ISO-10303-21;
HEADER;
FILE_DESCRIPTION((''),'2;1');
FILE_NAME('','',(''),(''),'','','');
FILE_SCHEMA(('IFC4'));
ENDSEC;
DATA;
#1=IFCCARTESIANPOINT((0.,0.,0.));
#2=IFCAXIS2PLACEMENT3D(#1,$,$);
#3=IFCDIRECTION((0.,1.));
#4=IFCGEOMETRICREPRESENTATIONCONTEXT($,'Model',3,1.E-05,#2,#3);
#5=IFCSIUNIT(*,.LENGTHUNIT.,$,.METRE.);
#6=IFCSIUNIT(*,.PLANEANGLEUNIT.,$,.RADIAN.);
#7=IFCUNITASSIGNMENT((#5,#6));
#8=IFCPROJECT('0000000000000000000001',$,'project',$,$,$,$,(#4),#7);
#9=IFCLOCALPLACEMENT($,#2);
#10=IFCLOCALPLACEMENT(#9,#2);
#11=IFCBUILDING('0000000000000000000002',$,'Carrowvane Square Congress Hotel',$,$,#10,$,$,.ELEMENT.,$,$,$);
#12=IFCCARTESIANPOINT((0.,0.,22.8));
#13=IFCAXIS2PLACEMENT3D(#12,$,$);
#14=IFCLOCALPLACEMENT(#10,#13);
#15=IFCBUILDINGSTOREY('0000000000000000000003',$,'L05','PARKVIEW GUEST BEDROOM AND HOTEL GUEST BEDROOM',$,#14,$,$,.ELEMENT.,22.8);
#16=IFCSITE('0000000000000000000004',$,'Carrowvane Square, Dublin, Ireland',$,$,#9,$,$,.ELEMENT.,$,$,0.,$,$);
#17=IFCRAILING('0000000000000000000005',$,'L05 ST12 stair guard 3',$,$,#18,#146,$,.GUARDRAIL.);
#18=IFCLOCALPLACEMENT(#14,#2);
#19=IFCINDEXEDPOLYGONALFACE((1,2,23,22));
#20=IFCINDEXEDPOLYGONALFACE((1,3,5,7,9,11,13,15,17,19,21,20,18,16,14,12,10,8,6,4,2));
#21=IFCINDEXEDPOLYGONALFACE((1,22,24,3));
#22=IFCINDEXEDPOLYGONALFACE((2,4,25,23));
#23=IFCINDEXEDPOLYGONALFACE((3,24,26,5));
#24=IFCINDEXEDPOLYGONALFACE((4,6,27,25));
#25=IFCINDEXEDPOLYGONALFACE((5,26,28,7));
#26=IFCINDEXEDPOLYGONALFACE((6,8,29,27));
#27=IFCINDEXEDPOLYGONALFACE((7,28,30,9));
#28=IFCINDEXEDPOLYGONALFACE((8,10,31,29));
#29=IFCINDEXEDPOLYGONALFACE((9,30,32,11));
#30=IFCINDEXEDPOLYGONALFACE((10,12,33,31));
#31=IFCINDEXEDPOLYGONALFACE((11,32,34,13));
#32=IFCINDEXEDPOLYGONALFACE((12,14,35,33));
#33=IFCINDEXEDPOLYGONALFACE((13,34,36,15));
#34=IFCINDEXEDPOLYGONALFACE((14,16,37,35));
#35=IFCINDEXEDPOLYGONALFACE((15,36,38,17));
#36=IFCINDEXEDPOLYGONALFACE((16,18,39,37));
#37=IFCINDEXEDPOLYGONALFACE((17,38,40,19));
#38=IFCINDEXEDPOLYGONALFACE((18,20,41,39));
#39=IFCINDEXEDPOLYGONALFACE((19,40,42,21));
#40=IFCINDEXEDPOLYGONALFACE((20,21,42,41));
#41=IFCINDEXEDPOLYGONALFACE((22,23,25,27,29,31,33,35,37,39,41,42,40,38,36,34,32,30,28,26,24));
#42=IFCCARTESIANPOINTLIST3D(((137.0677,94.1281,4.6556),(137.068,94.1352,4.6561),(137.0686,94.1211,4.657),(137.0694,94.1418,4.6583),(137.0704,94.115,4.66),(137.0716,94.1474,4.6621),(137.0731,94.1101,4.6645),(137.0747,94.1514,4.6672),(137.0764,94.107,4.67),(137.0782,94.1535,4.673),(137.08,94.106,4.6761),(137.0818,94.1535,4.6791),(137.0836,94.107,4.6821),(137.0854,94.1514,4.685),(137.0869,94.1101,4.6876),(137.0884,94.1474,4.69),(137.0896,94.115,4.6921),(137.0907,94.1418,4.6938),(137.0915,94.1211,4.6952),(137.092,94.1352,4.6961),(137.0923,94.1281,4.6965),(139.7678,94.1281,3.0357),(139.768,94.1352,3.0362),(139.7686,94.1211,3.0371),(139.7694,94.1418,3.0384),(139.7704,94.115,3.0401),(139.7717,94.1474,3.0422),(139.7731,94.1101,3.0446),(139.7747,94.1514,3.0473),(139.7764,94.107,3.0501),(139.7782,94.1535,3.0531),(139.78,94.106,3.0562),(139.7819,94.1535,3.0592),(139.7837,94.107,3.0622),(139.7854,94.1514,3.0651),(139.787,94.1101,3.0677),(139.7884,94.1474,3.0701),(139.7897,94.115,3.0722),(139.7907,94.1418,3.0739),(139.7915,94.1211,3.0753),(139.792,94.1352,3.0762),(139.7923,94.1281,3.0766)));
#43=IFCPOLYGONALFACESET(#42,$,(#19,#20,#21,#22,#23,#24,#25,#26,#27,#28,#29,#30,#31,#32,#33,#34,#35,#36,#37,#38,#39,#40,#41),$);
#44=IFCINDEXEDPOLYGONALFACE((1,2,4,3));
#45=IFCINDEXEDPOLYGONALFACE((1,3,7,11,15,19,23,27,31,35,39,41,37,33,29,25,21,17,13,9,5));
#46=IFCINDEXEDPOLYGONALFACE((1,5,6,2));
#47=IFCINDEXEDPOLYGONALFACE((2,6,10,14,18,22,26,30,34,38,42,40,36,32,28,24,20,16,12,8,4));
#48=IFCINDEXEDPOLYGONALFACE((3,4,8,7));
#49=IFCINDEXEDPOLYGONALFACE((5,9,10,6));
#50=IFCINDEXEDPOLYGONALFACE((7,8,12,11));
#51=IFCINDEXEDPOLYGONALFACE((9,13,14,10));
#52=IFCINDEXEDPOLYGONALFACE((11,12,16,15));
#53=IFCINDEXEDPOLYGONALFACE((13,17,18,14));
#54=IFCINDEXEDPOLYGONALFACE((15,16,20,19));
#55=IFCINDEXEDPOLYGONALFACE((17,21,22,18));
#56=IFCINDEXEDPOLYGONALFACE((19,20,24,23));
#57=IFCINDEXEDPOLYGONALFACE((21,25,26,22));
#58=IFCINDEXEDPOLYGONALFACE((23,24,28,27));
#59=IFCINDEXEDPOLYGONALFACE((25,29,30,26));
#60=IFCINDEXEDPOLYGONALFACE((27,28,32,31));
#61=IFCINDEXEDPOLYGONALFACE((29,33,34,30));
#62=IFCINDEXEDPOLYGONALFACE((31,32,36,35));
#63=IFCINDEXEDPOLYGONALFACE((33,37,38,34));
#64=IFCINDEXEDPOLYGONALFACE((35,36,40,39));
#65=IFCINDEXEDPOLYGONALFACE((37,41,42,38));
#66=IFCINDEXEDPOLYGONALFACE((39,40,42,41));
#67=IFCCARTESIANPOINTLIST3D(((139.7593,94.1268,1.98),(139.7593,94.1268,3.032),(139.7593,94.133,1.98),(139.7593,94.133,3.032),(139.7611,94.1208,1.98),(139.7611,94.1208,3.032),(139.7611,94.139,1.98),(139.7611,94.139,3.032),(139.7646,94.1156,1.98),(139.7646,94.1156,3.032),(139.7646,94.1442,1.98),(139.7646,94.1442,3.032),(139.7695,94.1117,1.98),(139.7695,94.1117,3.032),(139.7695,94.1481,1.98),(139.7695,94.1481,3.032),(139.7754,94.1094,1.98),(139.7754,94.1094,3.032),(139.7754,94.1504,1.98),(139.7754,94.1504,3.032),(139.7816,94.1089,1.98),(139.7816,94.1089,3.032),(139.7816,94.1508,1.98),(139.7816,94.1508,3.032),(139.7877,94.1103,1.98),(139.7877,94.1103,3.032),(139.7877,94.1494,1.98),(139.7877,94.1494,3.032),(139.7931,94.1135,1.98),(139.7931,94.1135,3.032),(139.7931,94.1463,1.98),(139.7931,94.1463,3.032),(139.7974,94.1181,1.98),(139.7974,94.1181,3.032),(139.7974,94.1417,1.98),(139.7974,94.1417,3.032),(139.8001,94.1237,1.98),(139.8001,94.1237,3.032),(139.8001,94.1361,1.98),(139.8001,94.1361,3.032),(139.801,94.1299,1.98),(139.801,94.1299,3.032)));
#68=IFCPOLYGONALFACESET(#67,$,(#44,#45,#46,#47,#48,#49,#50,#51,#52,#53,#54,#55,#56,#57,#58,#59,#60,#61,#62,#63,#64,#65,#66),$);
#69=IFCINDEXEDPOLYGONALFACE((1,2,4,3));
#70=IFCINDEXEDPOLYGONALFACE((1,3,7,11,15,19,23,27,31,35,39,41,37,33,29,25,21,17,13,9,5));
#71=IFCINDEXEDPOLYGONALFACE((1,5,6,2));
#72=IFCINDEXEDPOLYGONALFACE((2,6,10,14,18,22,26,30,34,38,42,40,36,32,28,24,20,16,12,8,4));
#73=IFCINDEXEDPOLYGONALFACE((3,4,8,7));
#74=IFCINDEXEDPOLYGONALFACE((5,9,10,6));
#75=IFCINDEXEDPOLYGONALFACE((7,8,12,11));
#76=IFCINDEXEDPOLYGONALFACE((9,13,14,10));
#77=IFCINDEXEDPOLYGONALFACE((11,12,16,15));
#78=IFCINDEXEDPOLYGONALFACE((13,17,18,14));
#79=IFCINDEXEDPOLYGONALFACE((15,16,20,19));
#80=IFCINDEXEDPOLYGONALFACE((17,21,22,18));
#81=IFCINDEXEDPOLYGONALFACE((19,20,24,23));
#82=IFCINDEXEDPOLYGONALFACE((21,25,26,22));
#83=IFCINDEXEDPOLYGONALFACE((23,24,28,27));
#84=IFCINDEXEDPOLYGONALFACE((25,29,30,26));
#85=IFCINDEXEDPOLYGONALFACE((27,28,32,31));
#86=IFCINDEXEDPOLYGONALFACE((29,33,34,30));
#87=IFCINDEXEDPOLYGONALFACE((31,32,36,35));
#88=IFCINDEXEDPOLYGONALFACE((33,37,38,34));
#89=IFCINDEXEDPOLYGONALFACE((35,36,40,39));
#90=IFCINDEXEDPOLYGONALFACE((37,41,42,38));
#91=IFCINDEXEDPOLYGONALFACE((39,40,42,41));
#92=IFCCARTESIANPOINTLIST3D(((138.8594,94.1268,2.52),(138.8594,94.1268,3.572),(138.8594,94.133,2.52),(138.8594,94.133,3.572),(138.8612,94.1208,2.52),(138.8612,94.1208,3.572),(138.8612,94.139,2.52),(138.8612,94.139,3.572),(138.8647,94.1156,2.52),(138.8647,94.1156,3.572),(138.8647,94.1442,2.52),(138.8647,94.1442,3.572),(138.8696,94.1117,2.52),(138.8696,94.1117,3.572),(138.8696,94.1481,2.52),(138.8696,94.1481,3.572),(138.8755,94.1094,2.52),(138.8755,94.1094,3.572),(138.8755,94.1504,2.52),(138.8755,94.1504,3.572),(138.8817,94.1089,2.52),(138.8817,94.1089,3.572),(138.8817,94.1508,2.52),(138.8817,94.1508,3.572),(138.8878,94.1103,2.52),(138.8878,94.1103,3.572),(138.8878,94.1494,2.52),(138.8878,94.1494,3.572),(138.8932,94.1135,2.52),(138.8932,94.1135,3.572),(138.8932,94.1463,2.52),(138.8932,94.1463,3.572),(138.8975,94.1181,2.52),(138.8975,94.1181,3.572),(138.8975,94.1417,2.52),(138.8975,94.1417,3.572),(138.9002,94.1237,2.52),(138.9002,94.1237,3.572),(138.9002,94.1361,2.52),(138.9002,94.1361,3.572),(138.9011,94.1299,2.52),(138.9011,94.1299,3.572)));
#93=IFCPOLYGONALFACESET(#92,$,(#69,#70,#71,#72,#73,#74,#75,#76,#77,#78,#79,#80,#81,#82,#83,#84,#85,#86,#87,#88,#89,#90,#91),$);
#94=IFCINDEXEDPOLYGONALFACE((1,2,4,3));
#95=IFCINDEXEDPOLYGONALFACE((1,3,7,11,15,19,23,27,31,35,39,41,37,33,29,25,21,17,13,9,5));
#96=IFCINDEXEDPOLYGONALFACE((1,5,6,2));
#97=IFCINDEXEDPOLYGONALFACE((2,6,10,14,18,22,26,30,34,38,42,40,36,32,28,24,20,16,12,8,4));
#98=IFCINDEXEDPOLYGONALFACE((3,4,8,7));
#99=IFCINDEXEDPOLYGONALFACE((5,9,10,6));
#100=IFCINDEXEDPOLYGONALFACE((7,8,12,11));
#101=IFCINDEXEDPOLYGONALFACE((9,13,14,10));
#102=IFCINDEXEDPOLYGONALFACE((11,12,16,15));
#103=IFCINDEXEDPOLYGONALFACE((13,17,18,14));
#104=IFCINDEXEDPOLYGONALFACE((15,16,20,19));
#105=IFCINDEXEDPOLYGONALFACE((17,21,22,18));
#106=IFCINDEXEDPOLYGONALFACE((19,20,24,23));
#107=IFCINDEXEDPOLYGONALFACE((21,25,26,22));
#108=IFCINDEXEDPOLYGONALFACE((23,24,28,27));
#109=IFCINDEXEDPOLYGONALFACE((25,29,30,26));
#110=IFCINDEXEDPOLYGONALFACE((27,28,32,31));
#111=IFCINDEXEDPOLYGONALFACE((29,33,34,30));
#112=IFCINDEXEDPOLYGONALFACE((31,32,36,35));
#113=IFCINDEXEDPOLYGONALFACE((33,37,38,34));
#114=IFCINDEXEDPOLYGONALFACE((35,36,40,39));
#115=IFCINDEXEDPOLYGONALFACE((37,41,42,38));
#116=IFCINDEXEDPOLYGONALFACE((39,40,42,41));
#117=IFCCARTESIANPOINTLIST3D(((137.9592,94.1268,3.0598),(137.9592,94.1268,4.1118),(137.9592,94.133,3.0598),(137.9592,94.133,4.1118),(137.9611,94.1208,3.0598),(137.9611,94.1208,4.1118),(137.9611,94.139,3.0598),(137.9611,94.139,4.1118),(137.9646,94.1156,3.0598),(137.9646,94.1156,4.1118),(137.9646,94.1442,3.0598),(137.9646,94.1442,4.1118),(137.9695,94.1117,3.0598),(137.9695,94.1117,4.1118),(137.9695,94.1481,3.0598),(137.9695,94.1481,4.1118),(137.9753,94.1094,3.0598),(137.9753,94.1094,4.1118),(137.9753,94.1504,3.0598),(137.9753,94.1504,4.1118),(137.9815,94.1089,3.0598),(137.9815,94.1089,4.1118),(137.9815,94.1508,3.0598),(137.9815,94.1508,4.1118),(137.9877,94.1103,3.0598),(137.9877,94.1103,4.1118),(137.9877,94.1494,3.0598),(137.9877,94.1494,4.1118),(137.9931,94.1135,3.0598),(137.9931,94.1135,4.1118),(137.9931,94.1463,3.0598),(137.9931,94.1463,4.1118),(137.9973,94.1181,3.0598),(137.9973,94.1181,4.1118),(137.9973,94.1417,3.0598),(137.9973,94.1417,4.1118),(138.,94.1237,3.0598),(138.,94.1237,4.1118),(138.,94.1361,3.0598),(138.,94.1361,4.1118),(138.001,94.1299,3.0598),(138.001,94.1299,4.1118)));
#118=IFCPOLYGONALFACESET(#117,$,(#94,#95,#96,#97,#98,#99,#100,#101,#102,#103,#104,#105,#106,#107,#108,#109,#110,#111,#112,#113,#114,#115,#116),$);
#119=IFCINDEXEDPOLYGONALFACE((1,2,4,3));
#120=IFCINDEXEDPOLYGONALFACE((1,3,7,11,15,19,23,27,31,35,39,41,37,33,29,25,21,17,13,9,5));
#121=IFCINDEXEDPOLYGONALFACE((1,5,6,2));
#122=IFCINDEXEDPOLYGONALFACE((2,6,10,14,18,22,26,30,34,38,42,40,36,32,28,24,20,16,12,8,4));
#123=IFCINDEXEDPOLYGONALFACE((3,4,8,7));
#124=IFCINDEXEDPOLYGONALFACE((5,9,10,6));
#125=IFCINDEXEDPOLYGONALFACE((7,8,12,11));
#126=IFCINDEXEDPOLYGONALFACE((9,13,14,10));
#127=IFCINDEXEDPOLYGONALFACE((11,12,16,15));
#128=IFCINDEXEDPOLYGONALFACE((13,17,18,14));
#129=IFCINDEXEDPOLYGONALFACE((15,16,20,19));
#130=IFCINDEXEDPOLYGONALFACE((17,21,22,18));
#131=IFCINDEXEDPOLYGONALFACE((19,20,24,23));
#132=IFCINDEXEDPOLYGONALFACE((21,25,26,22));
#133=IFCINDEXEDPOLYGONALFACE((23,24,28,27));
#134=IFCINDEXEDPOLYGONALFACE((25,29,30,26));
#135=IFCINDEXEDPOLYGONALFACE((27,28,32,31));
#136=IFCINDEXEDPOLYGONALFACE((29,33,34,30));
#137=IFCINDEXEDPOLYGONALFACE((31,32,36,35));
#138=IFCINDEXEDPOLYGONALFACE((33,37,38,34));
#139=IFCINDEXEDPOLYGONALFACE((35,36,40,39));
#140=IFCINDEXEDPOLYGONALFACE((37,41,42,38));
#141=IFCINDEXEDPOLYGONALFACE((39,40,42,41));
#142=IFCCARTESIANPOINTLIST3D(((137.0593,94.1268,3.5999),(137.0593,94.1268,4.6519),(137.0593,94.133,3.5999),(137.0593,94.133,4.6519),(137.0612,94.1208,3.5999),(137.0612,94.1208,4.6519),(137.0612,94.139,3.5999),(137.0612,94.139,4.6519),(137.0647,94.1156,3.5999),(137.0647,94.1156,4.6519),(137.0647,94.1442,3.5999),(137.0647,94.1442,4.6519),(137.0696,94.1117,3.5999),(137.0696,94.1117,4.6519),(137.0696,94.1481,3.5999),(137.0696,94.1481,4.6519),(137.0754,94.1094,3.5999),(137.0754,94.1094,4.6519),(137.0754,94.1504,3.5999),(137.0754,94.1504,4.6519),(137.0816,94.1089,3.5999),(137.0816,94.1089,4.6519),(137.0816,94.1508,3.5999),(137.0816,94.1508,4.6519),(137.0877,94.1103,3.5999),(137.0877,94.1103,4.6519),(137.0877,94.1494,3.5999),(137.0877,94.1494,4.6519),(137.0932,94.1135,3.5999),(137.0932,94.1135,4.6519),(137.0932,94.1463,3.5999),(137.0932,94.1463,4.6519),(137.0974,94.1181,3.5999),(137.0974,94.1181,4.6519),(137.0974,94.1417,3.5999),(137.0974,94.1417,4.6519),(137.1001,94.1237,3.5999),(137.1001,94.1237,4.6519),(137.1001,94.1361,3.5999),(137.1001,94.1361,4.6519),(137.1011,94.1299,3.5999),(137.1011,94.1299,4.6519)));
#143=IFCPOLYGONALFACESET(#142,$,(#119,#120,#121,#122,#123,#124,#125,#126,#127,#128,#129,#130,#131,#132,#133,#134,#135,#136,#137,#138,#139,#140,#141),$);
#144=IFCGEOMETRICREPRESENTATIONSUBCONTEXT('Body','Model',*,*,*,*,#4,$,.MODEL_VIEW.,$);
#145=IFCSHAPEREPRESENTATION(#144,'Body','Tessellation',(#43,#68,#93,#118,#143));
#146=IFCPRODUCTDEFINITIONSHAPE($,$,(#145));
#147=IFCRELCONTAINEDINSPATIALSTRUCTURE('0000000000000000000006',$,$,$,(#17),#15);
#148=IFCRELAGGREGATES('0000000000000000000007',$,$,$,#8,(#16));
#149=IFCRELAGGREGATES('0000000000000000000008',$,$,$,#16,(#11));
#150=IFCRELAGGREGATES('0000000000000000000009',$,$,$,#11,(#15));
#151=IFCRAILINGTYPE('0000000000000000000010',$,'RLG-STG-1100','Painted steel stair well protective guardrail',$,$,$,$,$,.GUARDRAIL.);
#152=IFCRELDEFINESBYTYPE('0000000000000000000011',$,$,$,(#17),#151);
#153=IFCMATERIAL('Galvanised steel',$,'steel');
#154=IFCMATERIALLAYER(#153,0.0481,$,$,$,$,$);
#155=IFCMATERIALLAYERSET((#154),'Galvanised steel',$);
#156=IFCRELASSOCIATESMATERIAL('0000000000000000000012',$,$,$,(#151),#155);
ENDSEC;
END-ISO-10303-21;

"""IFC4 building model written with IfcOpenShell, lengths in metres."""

from ifc_helpers import new_model, si_unit, direction, frame, origin, origin_2d, place, context, subcontext, project, spatial, circle, extrude, material, layer, layer_set, type_object, element, save


model = new_model("IFC4")

# Units and contexts
model_context = context("Model", 3, precision=1e-05, world=origin(), true_north=direction((0.0, 1.0)))
body_context = subcontext(model_context, "Body", "Model", "MODEL_VIEW")
ifc_project = project(units=[si_unit("LENGTHUNIT", "METRE"), si_unit("PLANEANGLEUNIT", "RADIAN")], contexts=[model_context])

# Site, building, storey
site_placement = place(None, origin())
site = spatial("IfcSite", under=ifc_project, at=site_placement, Name="Carrowvane Square, Dublin, Ireland", CompositionType="ELEMENT", RefElevation=0.0)
building_placement = place(site_placement, origin())
building = spatial("IfcBuilding", under=site, at=building_placement, Name="Carrowvane Square Congress Hotel", CompositionType="ELEMENT")
storey_placement = place(building_placement, frame((0.0, 0.0, 22.8)))
storey = spatial("IfcBuildingStorey", under=building, at=storey_placement, Name="L05", Description="PARKVIEW GUEST BEDROOM AND HOTEL GUEST BEDROOM", CompositionType="ELEMENT", Elevation=22.8)

# Railing
ifc_material_1 = material(Name="Galvanised steel", Category="steel")
ifc_layer_1 = layer(ifc_material_1, 0.0481)
ifc_layer_set_1 = layer_set([ifc_layer_1], Name="Galvanised steel")
railing_type_1 = type_object("IfcRailingType", Name="RLG-STG-1100", Description="Painted steel stair well protective guardrail", PredefinedType="GUARDRAIL", material=ifc_layer_set_1)
railing_1_placement = place(storey_placement, frame((139.78, 94.1299, 1.98)))
element("IfcRailing", 1, at=railing_1_placement, inside=storey, type_object=railing_type_1, Name="L05 ST12 stair guard 3", PredefinedType="GUARDRAIL", context=body_context, shape_type="SweptSolid", body=[
    extrude(circle(Radius=0.0239, at=origin_2d()), frame((0.0, 0.0, 1.0762), z_axis=(-0.857507, 0.0, 0.514473), x_axis=(0.0, -1.0, 0.0)), (0.0, 0.0, 1.0), 3.1487),
    extrude(circle(Radius=0.021, at=origin_2d()), origin(), (0.0, 0.0, 1.0), 1.052),
    extrude(circle(Radius=0.021, at=origin_2d()), frame((-0.8999, 0.0, 0.54)), (0.0, 0.0, 1.0), 1.052),
    extrude(circle(Radius=0.021, at=origin_2d()), frame((-1.8, 0.0, 1.0798)), (0.0, 0.0, 1.0), 1.052),
    extrude(circle(Radius=0.021, at=origin_2d()), frame((-2.7, 0.0, 1.6199)), (0.0, 0.0, 1.0), 1.052),
])

save(model, "model.ifc")
